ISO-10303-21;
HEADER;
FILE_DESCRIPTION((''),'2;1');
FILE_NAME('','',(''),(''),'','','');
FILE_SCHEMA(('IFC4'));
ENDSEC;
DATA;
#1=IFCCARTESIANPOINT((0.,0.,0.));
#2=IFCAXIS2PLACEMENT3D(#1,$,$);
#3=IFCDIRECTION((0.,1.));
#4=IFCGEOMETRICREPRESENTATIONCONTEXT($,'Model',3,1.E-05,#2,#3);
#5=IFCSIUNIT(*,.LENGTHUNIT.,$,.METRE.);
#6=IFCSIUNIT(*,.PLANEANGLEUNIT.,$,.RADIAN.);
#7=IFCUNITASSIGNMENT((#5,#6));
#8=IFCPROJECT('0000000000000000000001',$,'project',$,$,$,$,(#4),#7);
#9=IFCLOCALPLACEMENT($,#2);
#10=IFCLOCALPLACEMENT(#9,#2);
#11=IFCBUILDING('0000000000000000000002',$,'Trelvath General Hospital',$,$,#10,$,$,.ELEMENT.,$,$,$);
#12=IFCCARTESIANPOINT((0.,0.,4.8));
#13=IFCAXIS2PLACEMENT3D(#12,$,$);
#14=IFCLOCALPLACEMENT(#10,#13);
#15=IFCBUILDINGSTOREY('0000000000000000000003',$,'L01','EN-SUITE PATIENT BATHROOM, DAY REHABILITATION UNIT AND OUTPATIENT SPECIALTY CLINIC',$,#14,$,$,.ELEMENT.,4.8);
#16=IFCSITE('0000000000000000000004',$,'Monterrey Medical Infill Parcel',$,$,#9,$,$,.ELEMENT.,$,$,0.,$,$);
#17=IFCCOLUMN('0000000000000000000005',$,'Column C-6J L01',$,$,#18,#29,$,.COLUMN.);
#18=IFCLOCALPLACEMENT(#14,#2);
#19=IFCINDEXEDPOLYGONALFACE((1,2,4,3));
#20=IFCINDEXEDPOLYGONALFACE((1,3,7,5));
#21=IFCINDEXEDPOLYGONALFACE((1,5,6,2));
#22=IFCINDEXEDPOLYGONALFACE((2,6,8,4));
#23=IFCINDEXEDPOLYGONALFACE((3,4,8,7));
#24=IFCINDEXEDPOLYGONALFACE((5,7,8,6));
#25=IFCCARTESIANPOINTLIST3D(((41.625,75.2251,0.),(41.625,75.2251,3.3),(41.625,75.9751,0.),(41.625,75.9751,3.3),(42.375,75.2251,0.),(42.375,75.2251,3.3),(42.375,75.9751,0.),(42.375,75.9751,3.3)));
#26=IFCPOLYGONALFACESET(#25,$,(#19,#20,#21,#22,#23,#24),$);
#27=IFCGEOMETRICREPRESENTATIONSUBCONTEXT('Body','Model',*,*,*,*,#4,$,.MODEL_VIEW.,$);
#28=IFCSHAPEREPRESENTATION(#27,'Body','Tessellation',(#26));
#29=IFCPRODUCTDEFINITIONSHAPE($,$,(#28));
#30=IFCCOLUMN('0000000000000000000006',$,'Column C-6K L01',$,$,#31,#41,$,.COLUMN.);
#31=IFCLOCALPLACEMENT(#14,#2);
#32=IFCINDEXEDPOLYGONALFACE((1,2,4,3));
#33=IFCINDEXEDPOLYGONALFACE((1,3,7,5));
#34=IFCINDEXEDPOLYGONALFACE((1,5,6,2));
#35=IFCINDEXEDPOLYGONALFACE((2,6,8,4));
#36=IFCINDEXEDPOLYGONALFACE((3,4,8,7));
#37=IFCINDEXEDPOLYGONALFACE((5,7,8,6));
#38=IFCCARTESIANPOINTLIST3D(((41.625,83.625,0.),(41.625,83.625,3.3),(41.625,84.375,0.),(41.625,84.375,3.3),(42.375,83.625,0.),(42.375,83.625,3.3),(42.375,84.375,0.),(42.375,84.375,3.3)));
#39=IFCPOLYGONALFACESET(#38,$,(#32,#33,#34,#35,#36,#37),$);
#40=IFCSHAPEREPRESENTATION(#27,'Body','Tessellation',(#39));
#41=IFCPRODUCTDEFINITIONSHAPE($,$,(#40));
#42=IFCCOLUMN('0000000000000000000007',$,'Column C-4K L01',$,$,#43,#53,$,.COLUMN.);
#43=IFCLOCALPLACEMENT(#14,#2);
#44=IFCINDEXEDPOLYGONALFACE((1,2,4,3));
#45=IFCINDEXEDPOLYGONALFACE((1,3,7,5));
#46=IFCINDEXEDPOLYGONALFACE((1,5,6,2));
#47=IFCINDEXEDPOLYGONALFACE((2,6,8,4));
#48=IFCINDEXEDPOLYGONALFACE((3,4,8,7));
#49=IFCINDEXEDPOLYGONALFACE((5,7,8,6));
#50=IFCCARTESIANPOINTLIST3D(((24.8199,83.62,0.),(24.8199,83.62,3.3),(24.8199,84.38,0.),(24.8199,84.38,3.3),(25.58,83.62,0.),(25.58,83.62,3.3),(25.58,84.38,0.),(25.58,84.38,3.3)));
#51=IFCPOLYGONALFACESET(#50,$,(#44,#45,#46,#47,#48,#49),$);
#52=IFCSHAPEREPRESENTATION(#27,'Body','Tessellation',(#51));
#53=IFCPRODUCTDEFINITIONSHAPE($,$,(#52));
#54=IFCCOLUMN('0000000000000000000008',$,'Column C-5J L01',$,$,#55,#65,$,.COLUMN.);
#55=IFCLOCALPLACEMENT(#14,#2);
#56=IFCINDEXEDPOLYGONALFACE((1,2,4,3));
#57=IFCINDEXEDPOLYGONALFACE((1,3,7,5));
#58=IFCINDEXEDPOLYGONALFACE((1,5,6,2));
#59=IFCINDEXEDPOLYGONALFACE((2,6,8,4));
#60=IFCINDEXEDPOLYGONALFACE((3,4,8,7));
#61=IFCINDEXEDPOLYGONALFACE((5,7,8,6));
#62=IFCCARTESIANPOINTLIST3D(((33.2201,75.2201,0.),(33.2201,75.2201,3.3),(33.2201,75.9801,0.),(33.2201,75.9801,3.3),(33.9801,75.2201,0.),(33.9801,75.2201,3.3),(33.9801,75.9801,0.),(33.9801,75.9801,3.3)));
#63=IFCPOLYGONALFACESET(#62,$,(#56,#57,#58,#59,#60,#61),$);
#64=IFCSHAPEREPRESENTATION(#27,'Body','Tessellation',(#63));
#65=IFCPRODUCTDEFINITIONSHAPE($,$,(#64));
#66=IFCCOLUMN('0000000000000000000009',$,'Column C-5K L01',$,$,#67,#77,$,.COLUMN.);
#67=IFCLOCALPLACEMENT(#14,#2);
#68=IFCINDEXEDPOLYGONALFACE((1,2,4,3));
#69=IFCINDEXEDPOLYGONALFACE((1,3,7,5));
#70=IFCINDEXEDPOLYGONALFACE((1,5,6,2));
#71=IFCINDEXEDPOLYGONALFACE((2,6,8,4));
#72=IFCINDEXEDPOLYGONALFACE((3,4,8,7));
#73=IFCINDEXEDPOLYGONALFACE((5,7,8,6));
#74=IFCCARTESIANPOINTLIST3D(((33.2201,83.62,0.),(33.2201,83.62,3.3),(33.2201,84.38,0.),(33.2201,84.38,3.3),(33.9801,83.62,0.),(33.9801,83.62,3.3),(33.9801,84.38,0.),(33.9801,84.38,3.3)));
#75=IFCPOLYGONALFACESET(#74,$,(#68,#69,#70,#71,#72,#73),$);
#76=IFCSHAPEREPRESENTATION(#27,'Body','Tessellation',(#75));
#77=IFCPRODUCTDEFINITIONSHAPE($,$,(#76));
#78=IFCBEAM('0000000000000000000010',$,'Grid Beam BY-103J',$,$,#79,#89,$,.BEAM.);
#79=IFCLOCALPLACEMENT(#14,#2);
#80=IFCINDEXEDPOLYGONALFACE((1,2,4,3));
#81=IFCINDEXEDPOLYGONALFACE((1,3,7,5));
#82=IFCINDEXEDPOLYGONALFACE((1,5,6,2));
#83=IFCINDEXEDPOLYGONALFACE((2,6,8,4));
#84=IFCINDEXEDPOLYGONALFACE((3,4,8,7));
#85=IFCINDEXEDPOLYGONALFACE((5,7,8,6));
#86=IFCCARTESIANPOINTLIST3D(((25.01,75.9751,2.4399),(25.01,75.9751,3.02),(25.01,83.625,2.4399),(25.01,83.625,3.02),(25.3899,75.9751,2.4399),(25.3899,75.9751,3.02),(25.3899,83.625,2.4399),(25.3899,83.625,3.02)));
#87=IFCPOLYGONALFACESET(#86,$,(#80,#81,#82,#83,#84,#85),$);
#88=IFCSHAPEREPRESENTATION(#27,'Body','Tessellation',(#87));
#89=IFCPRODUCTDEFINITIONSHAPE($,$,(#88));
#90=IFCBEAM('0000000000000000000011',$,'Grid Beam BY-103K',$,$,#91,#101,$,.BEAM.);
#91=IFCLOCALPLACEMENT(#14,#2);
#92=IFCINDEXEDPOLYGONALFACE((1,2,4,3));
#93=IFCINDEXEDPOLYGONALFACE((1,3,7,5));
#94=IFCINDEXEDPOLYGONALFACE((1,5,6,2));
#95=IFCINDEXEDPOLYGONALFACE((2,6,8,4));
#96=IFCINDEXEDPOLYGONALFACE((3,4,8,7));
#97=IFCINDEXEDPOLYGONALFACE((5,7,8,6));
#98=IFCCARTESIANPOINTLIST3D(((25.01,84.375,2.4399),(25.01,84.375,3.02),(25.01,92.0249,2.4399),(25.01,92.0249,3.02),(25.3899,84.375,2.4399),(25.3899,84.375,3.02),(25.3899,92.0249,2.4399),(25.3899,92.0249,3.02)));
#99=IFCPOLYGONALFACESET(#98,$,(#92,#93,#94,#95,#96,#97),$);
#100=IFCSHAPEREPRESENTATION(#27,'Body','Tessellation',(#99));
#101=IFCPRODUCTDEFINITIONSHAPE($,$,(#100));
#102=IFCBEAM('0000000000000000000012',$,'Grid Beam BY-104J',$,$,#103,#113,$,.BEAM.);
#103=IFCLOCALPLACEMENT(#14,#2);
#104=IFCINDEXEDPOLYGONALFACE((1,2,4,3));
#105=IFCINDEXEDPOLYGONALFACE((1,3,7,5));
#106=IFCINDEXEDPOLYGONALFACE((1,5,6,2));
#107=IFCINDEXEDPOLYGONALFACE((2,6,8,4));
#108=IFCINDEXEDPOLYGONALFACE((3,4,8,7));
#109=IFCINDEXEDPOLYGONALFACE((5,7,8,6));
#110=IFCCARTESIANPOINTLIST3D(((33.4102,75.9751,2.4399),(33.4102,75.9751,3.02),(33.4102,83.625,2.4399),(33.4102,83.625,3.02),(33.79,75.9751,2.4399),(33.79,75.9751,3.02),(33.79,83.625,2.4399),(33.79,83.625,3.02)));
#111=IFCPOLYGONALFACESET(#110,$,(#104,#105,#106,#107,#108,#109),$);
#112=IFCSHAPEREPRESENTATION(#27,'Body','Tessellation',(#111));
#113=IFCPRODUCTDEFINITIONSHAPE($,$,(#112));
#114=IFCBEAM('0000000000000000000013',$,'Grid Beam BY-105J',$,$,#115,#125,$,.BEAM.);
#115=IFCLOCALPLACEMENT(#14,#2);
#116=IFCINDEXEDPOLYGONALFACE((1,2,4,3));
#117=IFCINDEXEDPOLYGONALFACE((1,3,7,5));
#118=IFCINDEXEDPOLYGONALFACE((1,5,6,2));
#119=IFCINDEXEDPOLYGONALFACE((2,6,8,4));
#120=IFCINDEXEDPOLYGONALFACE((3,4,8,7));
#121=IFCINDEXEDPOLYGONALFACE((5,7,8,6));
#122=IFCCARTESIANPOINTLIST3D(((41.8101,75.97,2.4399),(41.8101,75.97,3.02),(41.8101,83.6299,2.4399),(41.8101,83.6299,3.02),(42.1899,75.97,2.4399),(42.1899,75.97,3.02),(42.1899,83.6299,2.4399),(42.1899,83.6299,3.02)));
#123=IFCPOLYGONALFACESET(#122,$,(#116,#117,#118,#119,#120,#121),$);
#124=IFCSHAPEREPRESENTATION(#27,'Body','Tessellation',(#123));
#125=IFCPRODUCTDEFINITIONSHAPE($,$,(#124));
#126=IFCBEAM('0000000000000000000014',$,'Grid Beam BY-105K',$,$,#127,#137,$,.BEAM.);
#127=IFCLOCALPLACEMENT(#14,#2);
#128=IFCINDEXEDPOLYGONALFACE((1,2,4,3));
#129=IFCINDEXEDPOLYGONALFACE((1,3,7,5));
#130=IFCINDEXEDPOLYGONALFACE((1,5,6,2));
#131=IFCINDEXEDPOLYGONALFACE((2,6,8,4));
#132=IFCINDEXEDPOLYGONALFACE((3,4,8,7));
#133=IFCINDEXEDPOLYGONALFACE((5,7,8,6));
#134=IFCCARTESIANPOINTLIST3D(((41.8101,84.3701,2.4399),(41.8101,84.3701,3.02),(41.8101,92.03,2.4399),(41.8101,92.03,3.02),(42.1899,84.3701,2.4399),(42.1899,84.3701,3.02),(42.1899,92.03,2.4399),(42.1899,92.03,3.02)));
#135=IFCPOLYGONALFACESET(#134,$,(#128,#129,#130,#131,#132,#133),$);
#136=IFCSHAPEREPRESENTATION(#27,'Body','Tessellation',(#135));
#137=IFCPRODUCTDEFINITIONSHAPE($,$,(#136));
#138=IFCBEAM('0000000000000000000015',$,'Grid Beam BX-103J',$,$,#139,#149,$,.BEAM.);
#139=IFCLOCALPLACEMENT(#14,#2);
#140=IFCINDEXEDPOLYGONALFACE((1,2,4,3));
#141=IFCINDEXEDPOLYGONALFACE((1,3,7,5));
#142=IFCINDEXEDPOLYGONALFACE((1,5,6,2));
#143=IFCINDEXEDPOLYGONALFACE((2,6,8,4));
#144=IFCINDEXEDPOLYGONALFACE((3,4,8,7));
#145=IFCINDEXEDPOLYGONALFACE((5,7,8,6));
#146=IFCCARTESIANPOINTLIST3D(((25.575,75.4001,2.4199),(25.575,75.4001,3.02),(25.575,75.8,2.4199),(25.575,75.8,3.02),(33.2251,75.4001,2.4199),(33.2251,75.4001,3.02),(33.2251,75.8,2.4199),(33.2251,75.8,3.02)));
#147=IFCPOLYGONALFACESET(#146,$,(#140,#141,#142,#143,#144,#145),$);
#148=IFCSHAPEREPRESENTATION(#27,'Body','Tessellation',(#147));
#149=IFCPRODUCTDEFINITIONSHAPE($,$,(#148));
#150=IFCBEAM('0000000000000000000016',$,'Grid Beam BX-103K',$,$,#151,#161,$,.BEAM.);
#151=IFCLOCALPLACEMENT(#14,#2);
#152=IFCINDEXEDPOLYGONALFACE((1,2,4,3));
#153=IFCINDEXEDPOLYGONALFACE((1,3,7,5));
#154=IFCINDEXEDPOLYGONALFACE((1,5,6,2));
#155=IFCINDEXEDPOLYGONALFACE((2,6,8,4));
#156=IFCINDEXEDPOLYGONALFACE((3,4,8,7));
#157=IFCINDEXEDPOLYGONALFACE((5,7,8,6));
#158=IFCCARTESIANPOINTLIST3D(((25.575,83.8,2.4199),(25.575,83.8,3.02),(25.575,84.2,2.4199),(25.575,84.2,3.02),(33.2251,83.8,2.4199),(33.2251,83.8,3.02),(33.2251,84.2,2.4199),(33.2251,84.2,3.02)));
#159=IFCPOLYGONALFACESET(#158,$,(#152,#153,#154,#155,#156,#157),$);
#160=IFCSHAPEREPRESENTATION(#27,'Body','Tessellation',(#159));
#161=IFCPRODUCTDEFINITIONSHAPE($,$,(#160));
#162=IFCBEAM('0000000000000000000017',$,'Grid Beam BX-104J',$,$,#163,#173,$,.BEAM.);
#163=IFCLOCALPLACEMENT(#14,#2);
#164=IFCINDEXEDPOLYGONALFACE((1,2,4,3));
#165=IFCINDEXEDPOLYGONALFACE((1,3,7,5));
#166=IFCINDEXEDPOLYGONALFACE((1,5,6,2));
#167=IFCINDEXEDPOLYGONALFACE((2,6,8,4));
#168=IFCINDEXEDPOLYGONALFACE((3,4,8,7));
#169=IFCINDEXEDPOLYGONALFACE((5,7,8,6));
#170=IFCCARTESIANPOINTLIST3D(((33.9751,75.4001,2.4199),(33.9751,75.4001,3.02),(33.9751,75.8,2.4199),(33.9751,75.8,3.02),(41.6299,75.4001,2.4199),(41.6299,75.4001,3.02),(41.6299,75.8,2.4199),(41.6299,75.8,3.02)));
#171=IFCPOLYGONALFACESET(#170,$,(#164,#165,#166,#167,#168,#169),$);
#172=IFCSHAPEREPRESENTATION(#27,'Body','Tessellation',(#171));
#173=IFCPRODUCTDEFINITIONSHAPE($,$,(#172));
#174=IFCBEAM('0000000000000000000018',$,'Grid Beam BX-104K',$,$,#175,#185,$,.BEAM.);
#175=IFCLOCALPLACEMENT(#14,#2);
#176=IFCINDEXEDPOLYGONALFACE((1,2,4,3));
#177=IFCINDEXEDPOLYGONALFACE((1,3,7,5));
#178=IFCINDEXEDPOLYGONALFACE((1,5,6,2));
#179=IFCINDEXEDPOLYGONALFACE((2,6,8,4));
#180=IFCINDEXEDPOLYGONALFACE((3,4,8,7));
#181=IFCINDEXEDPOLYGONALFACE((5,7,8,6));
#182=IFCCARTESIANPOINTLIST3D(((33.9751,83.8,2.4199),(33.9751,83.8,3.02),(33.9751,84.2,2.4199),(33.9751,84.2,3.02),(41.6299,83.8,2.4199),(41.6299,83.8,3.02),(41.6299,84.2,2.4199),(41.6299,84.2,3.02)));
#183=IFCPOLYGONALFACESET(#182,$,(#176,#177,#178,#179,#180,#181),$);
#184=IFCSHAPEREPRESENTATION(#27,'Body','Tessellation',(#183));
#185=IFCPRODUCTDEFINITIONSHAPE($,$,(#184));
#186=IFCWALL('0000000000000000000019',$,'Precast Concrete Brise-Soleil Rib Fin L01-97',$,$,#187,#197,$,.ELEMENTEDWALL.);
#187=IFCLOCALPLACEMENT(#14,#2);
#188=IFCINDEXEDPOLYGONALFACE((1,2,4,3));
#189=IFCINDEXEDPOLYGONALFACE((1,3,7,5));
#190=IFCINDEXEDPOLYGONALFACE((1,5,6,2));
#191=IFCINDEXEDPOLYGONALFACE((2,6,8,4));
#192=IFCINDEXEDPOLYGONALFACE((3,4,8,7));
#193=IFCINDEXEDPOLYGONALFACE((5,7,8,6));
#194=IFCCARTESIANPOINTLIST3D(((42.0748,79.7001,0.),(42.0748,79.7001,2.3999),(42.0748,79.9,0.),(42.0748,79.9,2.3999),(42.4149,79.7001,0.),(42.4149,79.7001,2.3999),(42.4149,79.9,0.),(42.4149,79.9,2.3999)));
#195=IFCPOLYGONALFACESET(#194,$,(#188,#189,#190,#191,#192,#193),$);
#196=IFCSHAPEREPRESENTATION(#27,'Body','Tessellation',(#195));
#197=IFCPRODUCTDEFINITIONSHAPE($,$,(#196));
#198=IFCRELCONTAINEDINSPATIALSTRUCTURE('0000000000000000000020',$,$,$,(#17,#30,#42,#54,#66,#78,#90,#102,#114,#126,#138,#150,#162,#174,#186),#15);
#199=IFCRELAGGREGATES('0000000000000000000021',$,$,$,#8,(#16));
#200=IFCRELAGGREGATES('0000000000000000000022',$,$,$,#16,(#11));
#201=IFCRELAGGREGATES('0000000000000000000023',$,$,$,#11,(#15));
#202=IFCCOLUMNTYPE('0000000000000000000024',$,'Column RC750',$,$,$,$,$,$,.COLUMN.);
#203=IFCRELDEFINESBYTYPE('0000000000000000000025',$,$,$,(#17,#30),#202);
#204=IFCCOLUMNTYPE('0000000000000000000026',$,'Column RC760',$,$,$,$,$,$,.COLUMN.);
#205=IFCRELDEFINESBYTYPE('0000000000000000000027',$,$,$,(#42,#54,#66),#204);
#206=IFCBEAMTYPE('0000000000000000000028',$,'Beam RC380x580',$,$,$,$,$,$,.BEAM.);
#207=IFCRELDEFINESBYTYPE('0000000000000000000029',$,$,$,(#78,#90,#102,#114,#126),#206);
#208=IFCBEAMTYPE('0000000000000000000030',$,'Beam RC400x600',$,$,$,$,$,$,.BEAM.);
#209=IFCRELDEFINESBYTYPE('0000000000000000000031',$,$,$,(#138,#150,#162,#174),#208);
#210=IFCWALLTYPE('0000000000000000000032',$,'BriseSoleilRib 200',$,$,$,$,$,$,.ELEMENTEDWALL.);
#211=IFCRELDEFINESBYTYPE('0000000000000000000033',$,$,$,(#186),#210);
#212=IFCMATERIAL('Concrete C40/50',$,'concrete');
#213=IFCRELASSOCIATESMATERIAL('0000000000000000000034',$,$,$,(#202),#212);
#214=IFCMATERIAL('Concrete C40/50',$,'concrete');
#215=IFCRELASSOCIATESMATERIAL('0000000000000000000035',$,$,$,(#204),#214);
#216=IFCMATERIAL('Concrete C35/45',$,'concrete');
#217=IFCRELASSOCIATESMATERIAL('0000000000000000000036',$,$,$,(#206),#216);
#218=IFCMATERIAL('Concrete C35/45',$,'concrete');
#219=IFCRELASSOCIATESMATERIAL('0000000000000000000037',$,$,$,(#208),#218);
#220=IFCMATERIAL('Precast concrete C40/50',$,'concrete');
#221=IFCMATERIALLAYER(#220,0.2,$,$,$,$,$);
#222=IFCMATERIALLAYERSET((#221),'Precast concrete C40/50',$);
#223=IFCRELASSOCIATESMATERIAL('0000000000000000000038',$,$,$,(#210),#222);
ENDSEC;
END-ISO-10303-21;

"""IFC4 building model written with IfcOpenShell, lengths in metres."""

from ifc_helpers import new_model, si_unit, direction, frame, frame_2d, origin, origin_2d, place, context, subcontext, project, spatial, rectangle, extrude, material, layer, layer_set, material_profile, profile_set, type_object, element, save


model = new_model("IFC4")

# Units and contexts
model_context = context("Model", 3, precision=1e-05, world=origin(), true_north=direction((0.0, 1.0)))
body_context = subcontext(model_context, "Body", "Model", "MODEL_VIEW")
ifc_project = project(units=[si_unit("LENGTHUNIT", "METRE"), si_unit("PLANEANGLEUNIT", "RADIAN")], contexts=[model_context])

# Site, building, storey
site_placement = place(None, origin())
site = spatial("IfcSite", under=ifc_project, at=site_placement, Name="Monterrey Medical Infill Parcel", CompositionType="ELEMENT", RefElevation=0.0)
building_placement = place(site_placement, origin())
building = spatial("IfcBuilding", under=site, at=building_placement, Name="Trelvath General Hospital", CompositionType="ELEMENT")
storey_placement = place(building_placement, frame((0.0, 0.0, 4.8)))
storey = spatial("IfcBuildingStorey", under=building, at=storey_placement, Name="L01", Description="EN-SUITE PATIENT BATHROOM, DAY REHABILITATION UNIT AND OUTPATIENT SPECIALTY CLINIC", CompositionType="ELEMENT", Elevation=4.8)

# Columns
ifc_material_1 = material(Name="Concrete C40/50", Category="concrete")
ifc_material_profile_1 = material_profile(ifc_material_1, rectangle(XDim=0.75, YDim=0.75, at=origin_2d()), Name="RC750x750")
ifc_profile_set_1 = profile_set([ifc_material_profile_1], Name="Concrete C40/50")
column_type_1 = type_object("IfcColumnType", Name="Column RC750", PredefinedType="COLUMN", material=ifc_profile_set_1)
for number, where, z_axis, x_axis, name in (
    (1, (42.0, 75.6001, 0.0), (0.0, 0.0, 1.0), (1.0, 0.0, 0.0), "Column C-6J L01"),
    (2, (42.0, 84.0, 0.0), (0.0, 0.0, 1.0), (1.0, 0.0, 0.0), "Column C-6K L01"),
):
    element("IfcColumn", number, at=place(storey_placement, frame(where, z_axis=z_axis, x_axis=x_axis)), inside=storey, type_object=column_type_1, Name=name, PredefinedType="COLUMN", context=body_context, shape_type="SweptSolid", body=[
        extrude(rectangle(XDim=0.75, YDim=0.75, at=origin_2d()), origin(), (0.0, 0.0, 1.0), 3.3),
    ])
ifc_material_2 = material(Name="Concrete C40/50", Category="concrete")
ifc_material_profile_2 = material_profile(ifc_material_2, rectangle(XDim=0.76, YDim=0.76, at=origin_2d()), Name="RC760x760")
ifc_profile_set_2 = profile_set([ifc_material_profile_2], Name="Concrete C40/50")
column_type_2 = type_object("IfcColumnType", Name="Column RC760", PredefinedType="COLUMN", material=ifc_profile_set_2)
for number, where, z_axis, x_axis, name in (
    (3, (25.2, 84.0, 0.0), (0.0, 0.0, 1.0), (1.0, 0.0, 0.0), "Column C-4K L01"),
    (4, (33.6001, 75.6001, 0.0), (0.0, 0.0, 1.0), (1.0, 0.0, 0.0), "Column C-5J L01"),
    (5, (33.6001, 84.0, 0.0), (0.0, 0.0, 1.0), (1.0, 0.0, 0.0), "Column C-5K L01"),
):
    element("IfcColumn", number, at=place(storey_placement, frame(where, z_axis=z_axis, x_axis=x_axis)), inside=storey, type_object=column_type_2, Name=name, PredefinedType="COLUMN", context=body_context, shape_type="SweptSolid", body=[
        extrude(rectangle(XDim=0.76, YDim=0.76, at=origin_2d()), origin(), (0.0, 0.0, 1.0), 3.3),
    ])

# Beams
ifc_material_3 = material(Name="Concrete C35/45", Category="concrete")
ifc_material_profile_3 = material_profile(ifc_material_3, rectangle(XDim=0.3799, YDim=0.5801, at=origin_2d()), Name="RCB380x580")
ifc_profile_set_3 = profile_set([ifc_material_profile_3], Name="Concrete C35/45")
beam_type_1 = type_object("IfcBeamType", Name="Beam RC380x580", PredefinedType="BEAM", material=ifc_profile_set_3)
for number, where, z_axis, x_axis, name in (
    (6, (25.2, 75.9751, 2.73), (0.0, 1.0, 0.0), (-1.0, 0.0, 0.0), "Grid Beam BY-103J"),
    (7, (25.2, 84.375, 2.73), (0.0, 1.0, 0.0), (-1.0, 0.0, 0.0), "Grid Beam BY-103K"),
    (8, (33.6001, 75.9751, 2.73), (0.0, 1.0, 0.0), (-1.0, 0.0, 0.0), "Grid Beam BY-104J"),
):
    element("IfcBeam", number, at=place(storey_placement, frame(where, z_axis=z_axis, x_axis=x_axis)), inside=storey, type_object=beam_type_1, Name=name, PredefinedType="BEAM", context=body_context, shape_type="SweptSolid", body=[
        extrude(rectangle(XDim=0.3799, YDim=0.5801, at=origin_2d()), origin(), (0.0, 0.0, 1.0), 7.6499),
    ])
for number, where, z_axis, x_axis, name in (
    (9, (42.0, 75.97, 2.73), (0.0, 1.0, 0.0), (-1.0, 0.0, 0.0), "Grid Beam BY-105J"),
    (10, (42.0, 84.3701, 2.73), (0.0, 1.0, 0.0), (-1.0, 0.0, 0.0), "Grid Beam BY-105K"),
):
    element("IfcBeam", number, at=place(storey_placement, frame(where, z_axis=z_axis, x_axis=x_axis)), inside=storey, type_object=beam_type_1, Name=name, PredefinedType="BEAM", context=body_context, shape_type="SweptSolid", body=[
        extrude(rectangle(XDim=0.3799, YDim=0.5801, at=origin_2d()), origin(), (0.0, 0.0, 1.0), 7.6599),
    ])
ifc_material_4 = material(Name="Concrete C35/45", Category="concrete")
ifc_material_profile_4 = material_profile(ifc_material_4, rectangle(XDim=0.3999, YDim=0.6001, at=origin_2d()), Name="RCB400x600")
ifc_profile_set_4 = profile_set([ifc_material_profile_4], Name="Concrete C35/45")
beam_type_2 = type_object("IfcBeamType", Name="Beam RC400x600", PredefinedType="BEAM", material=ifc_profile_set_4)
for number, where, z_axis, x_axis, name in (
    (11, (25.575, 75.6001, 2.72), (1.0, 0.0, 0.0), (0.0, 1.0, 0.0), "Grid Beam BX-103J"),
    (12, (25.575, 84.0, 2.72), (1.0, 0.0, 0.0), (0.0, 1.0, 0.0), "Grid Beam BX-103K"),
):
    element("IfcBeam", number, at=place(storey_placement, frame(where, z_axis=z_axis, x_axis=x_axis)), inside=storey, type_object=beam_type_2, Name=name, PredefinedType="BEAM", context=body_context, shape_type="SweptSolid", body=[
        extrude(rectangle(XDim=0.3999, YDim=0.6001, at=origin_2d()), origin(), (0.0, 0.0, 1.0), 7.6501),
    ])
for number, where, z_axis, x_axis, name in (
    (13, (33.9751, 75.6001, 2.72), (1.0, 0.0, 0.0), (0.0, 1.0, 0.0), "Grid Beam BX-104J"),
    (14, (33.9751, 84.0, 2.72), (1.0, 0.0, 0.0), (0.0, 1.0, 0.0), "Grid Beam BX-104K"),
):
    element("IfcBeam", number, at=place(storey_placement, frame(where, z_axis=z_axis, x_axis=x_axis)), inside=storey, type_object=beam_type_2, Name=name, PredefinedType="BEAM", context=body_context, shape_type="SweptSolid", body=[
        extrude(rectangle(XDim=0.3999, YDim=0.6001, at=origin_2d()), origin(), (0.0, 0.0, 1.0), 7.6548),
    ])

# Wall
ifc_material_5 = material(Name="Precast concrete C40/50", Category="concrete")
ifc_layer_1 = layer(ifc_material_5, 0.2)
ifc_layer_set_1 = layer_set([ifc_layer_1], Name="Precast concrete C40/50")
wall_type_1 = type_object("IfcWallType", Name="BriseSoleilRib 200", PredefinedType="ELEMENTEDWALL", material=ifc_layer_set_1)
wall_1_placement = place(storey_placement, frame((42.075, 79.8, 0.0), z_axis=(0.0, 0.0, 1.0), x_axis=(1.0, 0.0, 0.0)))
element("IfcWall", 15, at=wall_1_placement, inside=storey, type_object=wall_type_1, Name="Precast Concrete Brise-Soleil Rib Fin L01-97", PredefinedType="ELEMENTEDWALL", context=body_context, shape_type="SweptSolid", body=[
    extrude(rectangle(XDim=0.3401, YDim=0.2, at=frame_2d((0.1699, 0.0))), origin(), (0.0, 0.0, 1.0), 2.3999),
])

save(model, "model.ifc")
